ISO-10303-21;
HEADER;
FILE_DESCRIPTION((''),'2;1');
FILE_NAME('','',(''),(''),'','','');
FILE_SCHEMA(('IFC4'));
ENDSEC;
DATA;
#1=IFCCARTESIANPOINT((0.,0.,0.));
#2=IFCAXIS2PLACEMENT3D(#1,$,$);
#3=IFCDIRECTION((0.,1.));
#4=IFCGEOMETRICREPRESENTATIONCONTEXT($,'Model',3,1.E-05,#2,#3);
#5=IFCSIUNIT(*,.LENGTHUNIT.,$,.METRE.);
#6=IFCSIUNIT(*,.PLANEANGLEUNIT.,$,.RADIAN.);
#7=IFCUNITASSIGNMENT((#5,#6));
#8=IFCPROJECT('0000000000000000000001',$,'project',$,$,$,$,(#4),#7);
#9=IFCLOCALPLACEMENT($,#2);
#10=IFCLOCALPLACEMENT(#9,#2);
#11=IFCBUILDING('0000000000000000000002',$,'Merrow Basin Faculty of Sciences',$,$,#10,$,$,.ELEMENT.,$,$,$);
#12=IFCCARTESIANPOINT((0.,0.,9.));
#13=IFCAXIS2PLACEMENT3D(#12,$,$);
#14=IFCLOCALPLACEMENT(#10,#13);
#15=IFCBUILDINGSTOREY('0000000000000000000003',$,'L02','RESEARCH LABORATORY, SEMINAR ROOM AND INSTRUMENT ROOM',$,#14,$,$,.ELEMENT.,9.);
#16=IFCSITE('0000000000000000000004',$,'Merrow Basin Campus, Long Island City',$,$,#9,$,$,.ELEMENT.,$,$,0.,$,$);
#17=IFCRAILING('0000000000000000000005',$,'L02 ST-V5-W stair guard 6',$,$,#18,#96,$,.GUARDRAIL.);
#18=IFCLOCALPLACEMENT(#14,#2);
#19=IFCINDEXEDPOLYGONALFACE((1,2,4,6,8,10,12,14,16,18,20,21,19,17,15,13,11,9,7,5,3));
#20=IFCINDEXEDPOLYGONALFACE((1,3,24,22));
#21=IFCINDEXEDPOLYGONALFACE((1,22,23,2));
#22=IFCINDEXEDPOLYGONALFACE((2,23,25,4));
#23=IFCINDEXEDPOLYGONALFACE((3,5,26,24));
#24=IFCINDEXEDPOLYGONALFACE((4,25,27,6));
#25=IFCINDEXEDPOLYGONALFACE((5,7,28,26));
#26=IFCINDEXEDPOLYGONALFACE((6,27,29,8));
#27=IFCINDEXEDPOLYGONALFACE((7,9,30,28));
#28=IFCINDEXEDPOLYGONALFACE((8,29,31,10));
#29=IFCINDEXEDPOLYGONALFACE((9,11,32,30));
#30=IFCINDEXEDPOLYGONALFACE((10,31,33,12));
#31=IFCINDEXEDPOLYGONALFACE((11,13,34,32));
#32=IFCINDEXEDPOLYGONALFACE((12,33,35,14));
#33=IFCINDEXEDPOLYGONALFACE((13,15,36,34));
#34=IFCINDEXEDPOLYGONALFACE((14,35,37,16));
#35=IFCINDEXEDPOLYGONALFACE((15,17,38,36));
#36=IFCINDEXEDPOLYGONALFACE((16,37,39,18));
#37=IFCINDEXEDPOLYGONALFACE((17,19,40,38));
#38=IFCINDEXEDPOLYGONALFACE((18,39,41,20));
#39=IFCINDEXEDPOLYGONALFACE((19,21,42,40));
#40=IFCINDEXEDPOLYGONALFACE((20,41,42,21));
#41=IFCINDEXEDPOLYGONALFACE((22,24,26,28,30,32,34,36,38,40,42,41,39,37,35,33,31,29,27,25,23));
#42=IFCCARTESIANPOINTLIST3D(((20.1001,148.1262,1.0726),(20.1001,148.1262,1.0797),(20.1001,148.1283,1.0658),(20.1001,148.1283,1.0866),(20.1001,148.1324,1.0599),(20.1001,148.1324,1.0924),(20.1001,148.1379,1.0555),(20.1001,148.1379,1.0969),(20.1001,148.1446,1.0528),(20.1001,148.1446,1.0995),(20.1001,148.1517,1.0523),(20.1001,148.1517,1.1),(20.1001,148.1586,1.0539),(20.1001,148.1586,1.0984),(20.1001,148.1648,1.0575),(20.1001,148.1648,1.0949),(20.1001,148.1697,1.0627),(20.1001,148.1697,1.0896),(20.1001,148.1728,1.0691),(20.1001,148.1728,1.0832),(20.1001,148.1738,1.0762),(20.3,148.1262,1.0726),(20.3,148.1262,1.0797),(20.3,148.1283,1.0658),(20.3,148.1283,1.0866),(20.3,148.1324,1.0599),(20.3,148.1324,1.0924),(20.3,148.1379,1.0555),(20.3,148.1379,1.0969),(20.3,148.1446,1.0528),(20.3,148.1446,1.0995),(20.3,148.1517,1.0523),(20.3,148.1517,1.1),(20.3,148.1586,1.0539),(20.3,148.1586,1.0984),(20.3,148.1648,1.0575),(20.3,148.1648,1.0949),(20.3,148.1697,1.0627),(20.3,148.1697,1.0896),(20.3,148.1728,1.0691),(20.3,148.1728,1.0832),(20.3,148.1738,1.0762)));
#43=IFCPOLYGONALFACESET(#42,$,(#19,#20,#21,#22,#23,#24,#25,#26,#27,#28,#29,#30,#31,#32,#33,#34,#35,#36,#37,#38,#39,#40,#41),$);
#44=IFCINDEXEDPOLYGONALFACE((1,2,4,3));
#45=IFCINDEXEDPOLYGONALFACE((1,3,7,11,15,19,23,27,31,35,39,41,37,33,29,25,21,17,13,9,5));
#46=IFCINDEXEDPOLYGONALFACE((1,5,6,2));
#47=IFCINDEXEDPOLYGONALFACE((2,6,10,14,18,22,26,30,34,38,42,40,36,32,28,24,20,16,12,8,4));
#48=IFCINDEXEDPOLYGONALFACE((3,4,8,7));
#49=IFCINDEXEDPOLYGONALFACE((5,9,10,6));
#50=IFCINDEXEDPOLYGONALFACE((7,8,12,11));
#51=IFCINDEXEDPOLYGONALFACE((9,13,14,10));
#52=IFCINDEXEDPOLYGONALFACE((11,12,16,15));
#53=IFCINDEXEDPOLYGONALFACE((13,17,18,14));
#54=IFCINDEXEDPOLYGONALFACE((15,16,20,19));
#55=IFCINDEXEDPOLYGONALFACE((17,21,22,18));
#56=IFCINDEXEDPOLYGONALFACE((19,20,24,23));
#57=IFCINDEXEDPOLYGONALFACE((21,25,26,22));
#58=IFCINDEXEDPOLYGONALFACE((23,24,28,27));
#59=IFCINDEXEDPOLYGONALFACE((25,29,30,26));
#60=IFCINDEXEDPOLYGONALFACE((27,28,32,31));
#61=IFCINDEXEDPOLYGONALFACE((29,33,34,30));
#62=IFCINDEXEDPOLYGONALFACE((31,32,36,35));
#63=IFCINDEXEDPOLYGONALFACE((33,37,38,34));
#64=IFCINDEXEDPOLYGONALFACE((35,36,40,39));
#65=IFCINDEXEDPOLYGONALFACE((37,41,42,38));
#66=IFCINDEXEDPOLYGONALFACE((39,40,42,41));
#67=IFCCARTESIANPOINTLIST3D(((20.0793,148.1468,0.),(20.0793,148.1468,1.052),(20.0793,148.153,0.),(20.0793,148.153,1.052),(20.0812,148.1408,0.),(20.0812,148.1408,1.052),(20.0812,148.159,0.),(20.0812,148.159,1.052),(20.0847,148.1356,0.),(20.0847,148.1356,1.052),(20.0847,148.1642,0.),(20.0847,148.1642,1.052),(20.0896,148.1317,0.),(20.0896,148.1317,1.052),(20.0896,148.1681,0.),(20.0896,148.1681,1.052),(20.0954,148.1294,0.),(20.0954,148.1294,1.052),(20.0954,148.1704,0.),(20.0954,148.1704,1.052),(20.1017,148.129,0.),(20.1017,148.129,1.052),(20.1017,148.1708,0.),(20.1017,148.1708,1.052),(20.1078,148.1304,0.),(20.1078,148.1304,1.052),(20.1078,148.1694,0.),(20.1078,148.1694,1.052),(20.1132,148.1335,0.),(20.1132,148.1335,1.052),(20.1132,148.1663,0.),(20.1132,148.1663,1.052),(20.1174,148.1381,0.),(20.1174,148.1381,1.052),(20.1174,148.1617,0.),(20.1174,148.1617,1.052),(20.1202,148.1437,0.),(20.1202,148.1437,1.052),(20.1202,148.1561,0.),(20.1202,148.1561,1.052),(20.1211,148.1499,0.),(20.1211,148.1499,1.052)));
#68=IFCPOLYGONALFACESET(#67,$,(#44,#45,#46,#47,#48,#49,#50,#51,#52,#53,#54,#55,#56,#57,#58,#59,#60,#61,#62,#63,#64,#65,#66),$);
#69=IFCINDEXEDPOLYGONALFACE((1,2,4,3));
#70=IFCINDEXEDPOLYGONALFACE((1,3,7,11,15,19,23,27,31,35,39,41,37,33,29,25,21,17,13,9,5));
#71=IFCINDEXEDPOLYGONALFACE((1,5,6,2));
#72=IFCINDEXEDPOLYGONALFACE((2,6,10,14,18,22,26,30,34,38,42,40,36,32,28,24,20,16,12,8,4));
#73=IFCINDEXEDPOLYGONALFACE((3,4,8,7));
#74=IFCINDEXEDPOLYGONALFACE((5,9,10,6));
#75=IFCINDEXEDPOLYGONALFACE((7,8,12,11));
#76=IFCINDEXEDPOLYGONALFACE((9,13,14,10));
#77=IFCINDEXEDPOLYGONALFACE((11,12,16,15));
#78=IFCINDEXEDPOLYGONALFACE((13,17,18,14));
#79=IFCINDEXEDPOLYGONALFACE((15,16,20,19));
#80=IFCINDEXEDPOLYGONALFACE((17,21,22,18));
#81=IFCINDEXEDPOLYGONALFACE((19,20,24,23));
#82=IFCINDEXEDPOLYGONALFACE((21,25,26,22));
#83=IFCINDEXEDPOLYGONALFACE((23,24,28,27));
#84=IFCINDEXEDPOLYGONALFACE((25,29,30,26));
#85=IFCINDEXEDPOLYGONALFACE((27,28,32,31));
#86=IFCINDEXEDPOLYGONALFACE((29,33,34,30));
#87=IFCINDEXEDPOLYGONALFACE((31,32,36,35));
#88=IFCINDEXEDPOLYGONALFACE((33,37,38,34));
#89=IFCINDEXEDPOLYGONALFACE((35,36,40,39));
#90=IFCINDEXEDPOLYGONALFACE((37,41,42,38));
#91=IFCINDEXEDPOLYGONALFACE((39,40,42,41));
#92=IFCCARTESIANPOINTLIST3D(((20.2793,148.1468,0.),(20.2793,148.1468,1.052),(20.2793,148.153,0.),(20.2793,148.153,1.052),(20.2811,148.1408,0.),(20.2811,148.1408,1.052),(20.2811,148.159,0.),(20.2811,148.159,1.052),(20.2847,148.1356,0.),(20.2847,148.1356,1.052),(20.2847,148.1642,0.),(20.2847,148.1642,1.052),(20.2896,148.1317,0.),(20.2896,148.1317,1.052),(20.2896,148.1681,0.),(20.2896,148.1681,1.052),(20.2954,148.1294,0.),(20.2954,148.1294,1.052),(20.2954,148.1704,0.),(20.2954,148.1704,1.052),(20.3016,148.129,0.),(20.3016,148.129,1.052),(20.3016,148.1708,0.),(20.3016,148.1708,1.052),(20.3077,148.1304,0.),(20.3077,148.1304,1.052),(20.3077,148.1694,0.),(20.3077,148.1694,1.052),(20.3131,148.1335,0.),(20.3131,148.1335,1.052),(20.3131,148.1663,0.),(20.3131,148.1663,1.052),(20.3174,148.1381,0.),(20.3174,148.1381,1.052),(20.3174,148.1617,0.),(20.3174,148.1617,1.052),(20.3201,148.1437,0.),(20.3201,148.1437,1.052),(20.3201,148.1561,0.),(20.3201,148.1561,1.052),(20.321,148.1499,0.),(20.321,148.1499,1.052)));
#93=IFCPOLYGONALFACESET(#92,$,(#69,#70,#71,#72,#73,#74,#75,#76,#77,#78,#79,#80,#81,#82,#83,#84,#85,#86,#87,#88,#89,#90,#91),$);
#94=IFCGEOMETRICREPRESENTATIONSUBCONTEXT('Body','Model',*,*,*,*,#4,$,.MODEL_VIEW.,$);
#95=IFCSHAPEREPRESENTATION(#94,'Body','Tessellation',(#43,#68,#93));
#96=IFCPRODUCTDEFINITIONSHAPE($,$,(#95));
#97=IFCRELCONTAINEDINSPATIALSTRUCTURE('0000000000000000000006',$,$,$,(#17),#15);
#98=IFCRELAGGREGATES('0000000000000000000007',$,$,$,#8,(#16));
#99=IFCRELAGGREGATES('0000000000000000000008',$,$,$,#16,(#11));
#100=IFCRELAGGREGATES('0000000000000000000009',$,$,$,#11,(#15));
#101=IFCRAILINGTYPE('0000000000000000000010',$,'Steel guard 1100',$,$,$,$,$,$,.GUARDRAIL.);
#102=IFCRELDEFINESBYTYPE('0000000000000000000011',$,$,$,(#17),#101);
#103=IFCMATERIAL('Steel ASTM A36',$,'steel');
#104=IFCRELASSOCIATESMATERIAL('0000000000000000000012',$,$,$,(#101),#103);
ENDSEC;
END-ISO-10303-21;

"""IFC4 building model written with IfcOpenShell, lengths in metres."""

from ifc_helpers import new_model, si_unit, direction, frame, origin, origin_2d, place, context, subcontext, project, spatial, circle, extrude, material, type_object, element, save


model = new_model("IFC4")

# Units and contexts
model_context = context("Model", 3, precision=1e-05, world=origin(), true_north=direction((0.0, 1.0)))
body_context = subcontext(model_context, "Body", "Model", "MODEL_VIEW")
ifc_project = project(units=[si_unit("LENGTHUNIT", "METRE"), si_unit("PLANEANGLEUNIT", "RADIAN")], contexts=[model_context])

# Site, building, storey
site_placement = place(None, origin())
site = spatial("IfcSite", under=ifc_project, at=site_placement, Name="Merrow Basin Campus, Long Island City", CompositionType="ELEMENT", RefElevation=0.0)
building_placement = place(site_placement, origin())
building = spatial("IfcBuilding", under=site, at=building_placement, Name="Merrow Basin Faculty of Sciences", CompositionType="ELEMENT")
storey_placement = place(building_placement, frame((0.0, 0.0, 9.0)))
storey = spatial("IfcBuildingStorey", under=building, at=storey_placement, Name="L02", Description="RESEARCH LABORATORY, SEMINAR ROOM AND INSTRUMENT ROOM", CompositionType="ELEMENT", Elevation=9.0)

# Railing
ifc_material_1 = material(Name="Steel ASTM A36", Category="steel")
railing_type_1 = type_object("IfcRailingType", Name="Steel guard 1100", PredefinedType="GUARDRAIL", material=ifc_material_1)
railing_1_placement = place(storey_placement, frame((20.1001, 148.1499, 0.0)))
element("IfcRailing", 1, at=railing_1_placement, inside=storey, type_object=railing_type_1, Name="L02 ST-V5-W stair guard 6", PredefinedType="GUARDRAIL", context=body_context, shape_type="SweptSolid", body=[
    extrude(circle(Radius=0.0239, at=origin_2d()), frame((0.0, 0.0, 1.0762), z_axis=(1.0, 0.0, 0.0), x_axis=(0.0, 1.0, 0.0)), (0.0, 0.0, 1.0), 0.2),
    extrude(circle(Radius=0.021, at=origin_2d()), origin(), (0.0, 0.0, 1.0), 1.052),
    extrude(circle(Radius=0.021, at=origin_2d()), frame((0.2, 0.0, 0.0)), (0.0, 0.0, 1.0), 1.052),
])

save(model, "model.ifc")
